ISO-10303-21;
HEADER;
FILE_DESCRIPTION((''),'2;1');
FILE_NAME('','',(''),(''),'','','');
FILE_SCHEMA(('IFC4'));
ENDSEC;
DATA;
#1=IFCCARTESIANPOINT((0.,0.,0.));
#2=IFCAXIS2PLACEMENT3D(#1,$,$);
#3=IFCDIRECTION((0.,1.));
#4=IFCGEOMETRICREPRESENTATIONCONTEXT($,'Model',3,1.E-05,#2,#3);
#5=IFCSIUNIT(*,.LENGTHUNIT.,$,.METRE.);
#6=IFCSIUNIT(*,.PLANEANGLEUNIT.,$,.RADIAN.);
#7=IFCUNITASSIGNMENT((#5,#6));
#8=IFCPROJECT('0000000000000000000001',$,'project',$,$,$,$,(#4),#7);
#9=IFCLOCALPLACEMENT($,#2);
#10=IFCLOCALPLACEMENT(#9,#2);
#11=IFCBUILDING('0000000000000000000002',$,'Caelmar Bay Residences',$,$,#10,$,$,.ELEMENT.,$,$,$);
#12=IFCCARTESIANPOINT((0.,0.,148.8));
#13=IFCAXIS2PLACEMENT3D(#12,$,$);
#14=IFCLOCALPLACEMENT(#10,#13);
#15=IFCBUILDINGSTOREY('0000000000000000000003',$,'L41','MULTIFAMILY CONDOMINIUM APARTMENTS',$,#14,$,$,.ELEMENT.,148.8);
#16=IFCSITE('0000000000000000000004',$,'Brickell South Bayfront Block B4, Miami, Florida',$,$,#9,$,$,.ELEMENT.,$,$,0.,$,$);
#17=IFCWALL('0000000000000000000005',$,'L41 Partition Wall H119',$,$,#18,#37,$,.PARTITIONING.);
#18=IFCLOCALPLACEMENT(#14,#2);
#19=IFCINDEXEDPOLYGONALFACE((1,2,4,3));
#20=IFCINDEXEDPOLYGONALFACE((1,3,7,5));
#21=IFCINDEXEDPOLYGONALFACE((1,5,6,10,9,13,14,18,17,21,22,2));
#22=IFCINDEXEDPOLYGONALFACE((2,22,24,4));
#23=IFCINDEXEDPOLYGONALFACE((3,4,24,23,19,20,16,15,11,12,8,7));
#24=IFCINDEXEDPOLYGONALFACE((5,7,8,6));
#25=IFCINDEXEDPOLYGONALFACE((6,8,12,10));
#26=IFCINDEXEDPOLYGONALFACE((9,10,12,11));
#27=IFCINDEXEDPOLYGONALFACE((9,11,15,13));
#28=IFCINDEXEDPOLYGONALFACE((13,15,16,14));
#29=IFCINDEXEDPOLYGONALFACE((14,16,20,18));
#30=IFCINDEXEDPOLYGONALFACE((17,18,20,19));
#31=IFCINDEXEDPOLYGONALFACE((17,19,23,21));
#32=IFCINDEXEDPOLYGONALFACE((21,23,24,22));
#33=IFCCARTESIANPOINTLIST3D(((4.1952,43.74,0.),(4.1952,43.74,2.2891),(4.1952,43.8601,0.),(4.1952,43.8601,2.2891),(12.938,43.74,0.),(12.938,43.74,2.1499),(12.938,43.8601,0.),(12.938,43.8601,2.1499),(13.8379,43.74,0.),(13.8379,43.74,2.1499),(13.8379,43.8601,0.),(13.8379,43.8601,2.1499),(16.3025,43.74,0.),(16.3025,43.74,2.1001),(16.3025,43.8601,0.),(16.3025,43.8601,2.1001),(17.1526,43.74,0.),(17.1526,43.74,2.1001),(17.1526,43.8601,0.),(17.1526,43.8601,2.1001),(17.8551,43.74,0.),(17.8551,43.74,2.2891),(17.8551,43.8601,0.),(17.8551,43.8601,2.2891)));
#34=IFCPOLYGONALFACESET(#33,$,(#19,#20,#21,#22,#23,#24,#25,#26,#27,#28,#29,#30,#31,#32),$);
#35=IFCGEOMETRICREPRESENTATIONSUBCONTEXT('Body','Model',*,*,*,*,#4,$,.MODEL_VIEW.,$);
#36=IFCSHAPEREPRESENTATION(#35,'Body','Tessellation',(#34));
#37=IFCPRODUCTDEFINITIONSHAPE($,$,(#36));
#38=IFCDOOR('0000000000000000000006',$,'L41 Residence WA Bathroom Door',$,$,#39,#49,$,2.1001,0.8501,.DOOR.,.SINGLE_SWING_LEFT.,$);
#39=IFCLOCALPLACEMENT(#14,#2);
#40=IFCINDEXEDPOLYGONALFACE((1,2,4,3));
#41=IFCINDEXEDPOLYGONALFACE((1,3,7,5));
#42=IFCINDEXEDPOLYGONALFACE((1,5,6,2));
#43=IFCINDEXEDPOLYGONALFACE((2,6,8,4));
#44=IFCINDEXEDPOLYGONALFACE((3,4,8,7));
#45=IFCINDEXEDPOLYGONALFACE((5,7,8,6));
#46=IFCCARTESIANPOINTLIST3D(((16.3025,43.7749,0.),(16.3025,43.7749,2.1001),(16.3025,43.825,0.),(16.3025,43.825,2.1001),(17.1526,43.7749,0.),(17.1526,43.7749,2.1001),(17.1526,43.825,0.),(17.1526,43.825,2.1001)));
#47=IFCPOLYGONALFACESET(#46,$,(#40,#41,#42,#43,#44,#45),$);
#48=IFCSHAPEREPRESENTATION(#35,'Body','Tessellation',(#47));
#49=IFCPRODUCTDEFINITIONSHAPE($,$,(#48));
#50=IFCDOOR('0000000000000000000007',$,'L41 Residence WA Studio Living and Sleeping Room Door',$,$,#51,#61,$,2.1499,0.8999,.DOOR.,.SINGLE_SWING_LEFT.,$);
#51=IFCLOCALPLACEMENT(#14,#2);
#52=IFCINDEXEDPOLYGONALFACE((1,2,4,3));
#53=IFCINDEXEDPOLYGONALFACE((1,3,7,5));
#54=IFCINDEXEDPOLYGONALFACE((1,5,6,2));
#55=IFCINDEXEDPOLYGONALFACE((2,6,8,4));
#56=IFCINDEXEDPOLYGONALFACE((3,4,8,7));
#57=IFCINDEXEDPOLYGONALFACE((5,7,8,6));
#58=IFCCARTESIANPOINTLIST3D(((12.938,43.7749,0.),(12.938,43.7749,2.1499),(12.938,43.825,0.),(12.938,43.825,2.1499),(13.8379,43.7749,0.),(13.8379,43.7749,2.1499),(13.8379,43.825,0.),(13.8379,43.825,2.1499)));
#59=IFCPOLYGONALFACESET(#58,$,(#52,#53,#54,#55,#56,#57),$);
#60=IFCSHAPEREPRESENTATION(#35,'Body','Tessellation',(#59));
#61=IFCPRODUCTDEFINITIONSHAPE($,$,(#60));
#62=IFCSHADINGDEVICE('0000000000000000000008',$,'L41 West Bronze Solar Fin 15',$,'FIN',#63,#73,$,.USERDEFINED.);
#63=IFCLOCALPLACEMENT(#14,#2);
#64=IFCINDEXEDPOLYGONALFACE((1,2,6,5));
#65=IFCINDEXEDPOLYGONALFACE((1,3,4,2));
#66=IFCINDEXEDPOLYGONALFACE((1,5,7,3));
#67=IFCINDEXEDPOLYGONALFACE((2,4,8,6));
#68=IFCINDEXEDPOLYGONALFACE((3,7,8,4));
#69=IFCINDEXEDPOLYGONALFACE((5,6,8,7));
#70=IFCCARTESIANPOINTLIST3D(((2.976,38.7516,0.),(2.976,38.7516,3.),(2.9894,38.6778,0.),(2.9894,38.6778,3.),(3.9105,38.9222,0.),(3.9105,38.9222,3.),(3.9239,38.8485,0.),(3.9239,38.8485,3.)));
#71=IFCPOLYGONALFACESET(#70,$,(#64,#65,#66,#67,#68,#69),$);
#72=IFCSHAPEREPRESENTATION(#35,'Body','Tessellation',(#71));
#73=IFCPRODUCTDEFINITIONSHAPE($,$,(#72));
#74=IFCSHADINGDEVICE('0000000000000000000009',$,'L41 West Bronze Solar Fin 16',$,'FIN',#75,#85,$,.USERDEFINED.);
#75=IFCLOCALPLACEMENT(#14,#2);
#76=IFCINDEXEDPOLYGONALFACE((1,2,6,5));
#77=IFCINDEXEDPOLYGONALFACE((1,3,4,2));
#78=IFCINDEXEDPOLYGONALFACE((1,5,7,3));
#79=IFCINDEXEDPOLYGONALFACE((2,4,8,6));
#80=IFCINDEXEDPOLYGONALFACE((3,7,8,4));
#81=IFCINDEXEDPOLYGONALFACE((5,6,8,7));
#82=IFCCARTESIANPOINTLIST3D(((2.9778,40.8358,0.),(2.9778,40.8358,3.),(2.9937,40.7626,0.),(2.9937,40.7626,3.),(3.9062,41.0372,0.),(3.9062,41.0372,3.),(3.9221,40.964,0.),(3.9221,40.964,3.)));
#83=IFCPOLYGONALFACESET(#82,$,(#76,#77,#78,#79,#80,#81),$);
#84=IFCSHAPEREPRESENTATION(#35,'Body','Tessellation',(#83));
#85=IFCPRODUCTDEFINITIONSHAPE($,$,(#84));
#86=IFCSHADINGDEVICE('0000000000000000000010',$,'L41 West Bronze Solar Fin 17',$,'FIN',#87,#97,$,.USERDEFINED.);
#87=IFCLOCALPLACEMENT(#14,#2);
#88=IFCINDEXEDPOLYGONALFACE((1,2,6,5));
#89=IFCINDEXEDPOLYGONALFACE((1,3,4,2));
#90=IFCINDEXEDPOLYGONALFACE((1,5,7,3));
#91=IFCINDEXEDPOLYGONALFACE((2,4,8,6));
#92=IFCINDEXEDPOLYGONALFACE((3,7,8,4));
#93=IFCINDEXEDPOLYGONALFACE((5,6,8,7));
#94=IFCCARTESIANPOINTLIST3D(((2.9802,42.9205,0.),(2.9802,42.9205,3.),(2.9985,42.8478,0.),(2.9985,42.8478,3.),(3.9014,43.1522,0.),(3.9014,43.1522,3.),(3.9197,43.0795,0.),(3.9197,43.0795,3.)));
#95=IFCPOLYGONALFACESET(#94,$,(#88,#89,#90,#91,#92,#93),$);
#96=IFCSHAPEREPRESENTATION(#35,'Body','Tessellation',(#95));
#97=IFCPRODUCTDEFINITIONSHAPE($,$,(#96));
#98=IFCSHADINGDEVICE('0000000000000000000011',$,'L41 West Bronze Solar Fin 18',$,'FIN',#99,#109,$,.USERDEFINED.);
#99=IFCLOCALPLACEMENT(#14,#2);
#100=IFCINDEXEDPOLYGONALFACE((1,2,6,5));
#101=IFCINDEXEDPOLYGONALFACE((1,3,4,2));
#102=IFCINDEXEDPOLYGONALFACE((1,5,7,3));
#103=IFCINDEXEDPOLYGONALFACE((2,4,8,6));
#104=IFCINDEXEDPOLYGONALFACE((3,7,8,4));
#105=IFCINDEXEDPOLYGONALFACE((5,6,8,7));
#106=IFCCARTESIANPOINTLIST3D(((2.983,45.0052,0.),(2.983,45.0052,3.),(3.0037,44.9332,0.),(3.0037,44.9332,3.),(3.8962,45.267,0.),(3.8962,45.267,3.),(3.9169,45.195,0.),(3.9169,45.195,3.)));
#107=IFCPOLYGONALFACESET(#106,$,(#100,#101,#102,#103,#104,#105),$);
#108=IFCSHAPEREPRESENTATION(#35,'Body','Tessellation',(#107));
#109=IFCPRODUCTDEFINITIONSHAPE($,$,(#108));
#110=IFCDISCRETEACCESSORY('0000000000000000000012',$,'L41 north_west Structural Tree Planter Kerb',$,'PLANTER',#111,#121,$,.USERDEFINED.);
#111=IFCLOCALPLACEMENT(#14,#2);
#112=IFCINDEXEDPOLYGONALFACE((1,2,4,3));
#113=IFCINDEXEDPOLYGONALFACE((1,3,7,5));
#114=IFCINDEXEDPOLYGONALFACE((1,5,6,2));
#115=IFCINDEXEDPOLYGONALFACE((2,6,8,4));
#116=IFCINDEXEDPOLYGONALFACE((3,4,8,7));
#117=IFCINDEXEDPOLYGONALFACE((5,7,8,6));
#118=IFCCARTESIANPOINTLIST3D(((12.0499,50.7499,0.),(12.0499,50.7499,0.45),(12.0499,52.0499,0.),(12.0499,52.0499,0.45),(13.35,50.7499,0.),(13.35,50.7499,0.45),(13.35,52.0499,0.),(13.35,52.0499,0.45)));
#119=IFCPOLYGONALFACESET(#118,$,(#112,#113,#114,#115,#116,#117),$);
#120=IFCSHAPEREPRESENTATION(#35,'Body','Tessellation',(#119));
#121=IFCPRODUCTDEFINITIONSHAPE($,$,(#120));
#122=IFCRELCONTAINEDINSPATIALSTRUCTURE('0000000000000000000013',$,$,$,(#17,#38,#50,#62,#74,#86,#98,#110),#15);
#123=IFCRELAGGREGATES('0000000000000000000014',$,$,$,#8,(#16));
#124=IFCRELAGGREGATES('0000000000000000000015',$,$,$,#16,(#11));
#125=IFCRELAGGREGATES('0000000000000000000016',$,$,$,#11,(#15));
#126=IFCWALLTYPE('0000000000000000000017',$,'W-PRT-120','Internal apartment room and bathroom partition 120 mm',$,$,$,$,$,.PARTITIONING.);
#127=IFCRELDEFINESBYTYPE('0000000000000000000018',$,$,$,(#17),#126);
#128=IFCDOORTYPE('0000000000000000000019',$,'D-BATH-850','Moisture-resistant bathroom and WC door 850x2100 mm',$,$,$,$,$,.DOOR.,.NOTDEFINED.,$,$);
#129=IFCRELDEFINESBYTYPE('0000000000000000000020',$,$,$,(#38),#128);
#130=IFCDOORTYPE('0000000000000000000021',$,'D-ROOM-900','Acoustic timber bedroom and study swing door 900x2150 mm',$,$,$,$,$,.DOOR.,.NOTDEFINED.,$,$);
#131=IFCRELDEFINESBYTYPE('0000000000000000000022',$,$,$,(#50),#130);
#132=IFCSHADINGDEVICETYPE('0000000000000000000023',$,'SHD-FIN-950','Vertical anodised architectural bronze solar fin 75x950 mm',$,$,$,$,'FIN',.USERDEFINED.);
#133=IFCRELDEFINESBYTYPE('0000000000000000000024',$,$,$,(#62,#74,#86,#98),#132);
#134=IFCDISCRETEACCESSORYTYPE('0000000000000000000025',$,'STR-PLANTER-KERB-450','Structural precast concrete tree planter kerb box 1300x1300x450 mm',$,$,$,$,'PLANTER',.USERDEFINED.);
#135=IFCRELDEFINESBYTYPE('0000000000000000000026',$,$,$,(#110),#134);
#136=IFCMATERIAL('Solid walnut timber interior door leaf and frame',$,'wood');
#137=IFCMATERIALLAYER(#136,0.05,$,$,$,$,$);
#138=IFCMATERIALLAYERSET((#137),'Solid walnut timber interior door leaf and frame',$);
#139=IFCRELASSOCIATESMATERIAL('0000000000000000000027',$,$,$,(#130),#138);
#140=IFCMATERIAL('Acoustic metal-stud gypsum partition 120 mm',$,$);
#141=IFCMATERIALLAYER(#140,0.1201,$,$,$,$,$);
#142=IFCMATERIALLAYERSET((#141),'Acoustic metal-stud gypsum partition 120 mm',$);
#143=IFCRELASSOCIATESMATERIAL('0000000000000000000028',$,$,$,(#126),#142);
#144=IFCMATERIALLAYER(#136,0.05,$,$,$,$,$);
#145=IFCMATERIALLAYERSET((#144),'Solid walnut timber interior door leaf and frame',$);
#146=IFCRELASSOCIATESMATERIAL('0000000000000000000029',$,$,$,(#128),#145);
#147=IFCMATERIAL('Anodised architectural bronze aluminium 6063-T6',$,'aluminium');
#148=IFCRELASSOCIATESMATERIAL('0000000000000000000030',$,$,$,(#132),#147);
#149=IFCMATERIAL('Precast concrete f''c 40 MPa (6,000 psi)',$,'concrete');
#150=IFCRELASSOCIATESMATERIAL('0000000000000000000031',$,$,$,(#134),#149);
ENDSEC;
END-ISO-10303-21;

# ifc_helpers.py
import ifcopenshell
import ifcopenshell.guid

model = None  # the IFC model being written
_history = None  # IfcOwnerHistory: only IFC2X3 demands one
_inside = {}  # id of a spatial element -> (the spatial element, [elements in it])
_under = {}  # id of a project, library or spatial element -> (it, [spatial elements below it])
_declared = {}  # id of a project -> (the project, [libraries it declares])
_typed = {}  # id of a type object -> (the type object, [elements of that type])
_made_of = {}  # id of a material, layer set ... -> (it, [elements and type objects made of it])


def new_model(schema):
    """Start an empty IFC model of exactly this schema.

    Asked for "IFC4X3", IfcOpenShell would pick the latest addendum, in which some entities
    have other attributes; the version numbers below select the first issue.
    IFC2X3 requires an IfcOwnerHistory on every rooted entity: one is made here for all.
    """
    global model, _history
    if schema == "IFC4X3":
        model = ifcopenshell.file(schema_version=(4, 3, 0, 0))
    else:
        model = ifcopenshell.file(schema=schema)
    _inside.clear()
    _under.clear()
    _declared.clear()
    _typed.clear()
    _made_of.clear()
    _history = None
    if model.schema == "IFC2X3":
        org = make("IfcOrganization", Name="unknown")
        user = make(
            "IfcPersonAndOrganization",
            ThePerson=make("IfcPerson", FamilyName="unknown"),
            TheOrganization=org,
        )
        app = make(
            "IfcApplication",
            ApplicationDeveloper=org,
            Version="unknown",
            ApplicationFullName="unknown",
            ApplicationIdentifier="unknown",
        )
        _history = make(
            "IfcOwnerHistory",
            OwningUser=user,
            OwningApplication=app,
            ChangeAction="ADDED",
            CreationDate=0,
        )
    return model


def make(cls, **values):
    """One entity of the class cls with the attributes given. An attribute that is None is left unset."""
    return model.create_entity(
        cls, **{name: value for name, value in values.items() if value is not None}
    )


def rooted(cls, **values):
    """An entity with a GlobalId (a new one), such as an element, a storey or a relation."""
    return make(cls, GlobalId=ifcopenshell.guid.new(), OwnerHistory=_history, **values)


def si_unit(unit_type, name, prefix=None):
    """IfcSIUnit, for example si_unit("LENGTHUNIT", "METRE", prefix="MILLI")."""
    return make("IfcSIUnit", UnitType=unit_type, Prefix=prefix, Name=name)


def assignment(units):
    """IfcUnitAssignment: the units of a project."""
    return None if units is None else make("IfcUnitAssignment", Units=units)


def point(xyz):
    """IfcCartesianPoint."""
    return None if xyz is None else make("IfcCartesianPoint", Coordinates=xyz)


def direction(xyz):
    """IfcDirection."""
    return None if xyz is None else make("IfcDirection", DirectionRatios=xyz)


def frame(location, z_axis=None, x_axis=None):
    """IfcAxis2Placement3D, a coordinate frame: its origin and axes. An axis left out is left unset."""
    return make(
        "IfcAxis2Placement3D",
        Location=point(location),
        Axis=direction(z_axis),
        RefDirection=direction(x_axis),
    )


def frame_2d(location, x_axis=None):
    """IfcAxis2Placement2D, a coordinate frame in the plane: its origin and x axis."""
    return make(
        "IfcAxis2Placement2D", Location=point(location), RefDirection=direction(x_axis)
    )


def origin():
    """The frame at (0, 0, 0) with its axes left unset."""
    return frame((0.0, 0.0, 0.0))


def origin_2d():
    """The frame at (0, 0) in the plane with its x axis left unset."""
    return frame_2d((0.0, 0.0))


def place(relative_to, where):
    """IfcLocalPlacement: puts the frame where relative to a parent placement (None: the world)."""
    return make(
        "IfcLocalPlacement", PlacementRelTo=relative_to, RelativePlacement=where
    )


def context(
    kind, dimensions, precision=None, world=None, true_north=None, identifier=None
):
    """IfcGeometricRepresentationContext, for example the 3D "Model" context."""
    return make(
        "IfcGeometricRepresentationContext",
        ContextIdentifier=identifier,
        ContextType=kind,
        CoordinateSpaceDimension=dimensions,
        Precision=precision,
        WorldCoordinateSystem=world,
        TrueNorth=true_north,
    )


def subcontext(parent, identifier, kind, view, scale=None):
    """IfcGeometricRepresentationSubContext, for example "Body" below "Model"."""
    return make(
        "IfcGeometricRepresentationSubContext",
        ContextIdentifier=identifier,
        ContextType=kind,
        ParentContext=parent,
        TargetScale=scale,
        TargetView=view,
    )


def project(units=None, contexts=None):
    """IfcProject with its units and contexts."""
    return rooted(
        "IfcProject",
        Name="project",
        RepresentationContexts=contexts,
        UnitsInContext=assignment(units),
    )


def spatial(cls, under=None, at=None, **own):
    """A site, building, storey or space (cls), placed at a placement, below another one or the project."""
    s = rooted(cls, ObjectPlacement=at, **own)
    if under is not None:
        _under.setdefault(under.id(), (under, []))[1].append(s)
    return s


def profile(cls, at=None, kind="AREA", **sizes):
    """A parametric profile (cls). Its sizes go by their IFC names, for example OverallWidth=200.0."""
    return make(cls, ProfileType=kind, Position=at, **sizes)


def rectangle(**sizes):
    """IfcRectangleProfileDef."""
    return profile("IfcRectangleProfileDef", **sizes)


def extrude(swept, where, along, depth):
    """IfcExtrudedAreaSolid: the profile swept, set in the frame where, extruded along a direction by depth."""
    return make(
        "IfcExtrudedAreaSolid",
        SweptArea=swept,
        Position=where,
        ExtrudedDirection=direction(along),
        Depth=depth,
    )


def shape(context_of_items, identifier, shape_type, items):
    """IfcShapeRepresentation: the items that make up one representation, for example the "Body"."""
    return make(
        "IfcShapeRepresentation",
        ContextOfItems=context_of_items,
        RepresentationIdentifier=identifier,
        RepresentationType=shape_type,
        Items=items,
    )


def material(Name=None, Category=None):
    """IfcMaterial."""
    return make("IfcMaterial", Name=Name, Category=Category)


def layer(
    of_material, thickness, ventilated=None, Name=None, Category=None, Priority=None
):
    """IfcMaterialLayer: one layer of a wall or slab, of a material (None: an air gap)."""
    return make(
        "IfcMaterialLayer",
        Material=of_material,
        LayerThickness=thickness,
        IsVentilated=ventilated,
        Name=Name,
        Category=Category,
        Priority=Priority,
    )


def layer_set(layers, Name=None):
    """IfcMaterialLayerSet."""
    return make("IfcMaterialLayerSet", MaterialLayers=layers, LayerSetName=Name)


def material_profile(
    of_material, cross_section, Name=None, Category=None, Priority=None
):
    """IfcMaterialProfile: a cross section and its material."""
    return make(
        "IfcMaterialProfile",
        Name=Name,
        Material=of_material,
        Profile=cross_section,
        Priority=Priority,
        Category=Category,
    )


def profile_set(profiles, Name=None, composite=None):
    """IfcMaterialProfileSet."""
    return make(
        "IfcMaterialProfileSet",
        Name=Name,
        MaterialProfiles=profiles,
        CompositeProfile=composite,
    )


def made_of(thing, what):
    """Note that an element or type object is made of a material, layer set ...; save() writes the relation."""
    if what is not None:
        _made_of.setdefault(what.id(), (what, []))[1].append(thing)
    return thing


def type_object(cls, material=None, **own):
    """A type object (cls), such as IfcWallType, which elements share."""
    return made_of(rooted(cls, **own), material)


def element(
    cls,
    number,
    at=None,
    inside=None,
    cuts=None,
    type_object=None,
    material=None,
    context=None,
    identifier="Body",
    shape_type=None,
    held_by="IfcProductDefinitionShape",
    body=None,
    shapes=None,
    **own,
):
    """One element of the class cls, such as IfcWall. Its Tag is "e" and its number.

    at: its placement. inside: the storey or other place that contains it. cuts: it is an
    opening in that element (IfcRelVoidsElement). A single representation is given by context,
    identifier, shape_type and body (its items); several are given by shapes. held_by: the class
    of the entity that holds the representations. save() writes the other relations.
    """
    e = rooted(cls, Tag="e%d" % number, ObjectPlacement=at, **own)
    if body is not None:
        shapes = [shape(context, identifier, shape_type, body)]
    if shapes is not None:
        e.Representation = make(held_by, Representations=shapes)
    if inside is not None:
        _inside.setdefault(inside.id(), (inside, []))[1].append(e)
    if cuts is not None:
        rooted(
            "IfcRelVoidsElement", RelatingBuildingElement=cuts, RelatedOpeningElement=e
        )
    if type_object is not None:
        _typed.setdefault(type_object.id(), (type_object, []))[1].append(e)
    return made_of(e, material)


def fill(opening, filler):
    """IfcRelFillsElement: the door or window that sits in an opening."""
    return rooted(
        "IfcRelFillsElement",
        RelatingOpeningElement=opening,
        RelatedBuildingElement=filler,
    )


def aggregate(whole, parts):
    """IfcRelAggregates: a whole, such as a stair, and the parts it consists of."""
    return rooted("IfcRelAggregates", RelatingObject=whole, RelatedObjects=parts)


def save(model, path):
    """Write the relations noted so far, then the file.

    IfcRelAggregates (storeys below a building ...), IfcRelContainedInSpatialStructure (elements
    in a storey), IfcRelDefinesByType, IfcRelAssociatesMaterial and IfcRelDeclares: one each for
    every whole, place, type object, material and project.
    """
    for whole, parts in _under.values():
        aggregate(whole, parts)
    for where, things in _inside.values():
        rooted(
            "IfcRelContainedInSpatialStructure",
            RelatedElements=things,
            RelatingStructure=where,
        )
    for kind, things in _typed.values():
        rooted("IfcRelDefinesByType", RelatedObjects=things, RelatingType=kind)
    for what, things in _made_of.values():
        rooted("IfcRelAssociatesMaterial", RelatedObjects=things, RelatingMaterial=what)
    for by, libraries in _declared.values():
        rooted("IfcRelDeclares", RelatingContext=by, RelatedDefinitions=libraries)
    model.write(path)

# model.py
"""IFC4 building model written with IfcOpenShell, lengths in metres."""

from ifc_helpers import new_model, si_unit, direction, frame, frame_2d, origin, origin_2d, place, context, subcontext, project, spatial, rectangle, extrude, material, layer, layer_set, material_profile, profile_set, type_object, element, fill, save


model = new_model("IFC4")

# Units and contexts
model_context = context("Model", 3, precision=1e-05, world=origin(), true_north=direction((0.0, 1.0)))
body_context = subcontext(model_context, "Body", "Model", "MODEL_VIEW")
ifc_project = project(units=[si_unit("LENGTHUNIT", "METRE"), si_unit("PLANEANGLEUNIT", "RADIAN")], contexts=[model_context])

# Site, building, storey
site_placement = place(None, origin())
site = spatial("IfcSite", under=ifc_project, at=site_placement, Name="Brickell South Bayfront Block B4, Miami, Florida", CompositionType="ELEMENT", RefElevation=0.0)
building_placement = place(site_placement, origin())
building = spatial("IfcBuilding", under=site, at=building_placement, Name="Caelmar Bay Residences", CompositionType="ELEMENT")
storey_placement = place(building_placement, frame((0.0, 0.0, 148.8)))
storey = spatial("IfcBuildingStorey", under=building, at=storey_placement, Name="L41", Description="MULTIFAMILY CONDOMINIUM APARTMENTS", CompositionType="ELEMENT", Elevation=148.8)

# Shared definitions
ifc_material_1 = material(Name="Precast concrete f'c 40 MPa (6,000 psi)", Category="concrete")

# Shared definitions
ifc_material_2 = material(Name="Solid walnut timber interior door leaf and frame", Category="wood")
ifc_layer_1 = layer(ifc_material_2, 0.05)
ifc_layer_set_1 = layer_set([ifc_layer_1], Name="Solid walnut timber interior door leaf and frame")
door_type_1 = type_object("IfcDoorType", Name="D-ROOM-900", Description="Acoustic timber bedroom and study swing door 900x2150 mm", OperationType="NOTDEFINED", PredefinedType="DOOR", material=ifc_layer_set_1)
ifc_material_3 = material(Name="Acoustic metal-stud gypsum partition 120 mm")
ifc_layer_2 = layer(ifc_material_3, 0.1201)
ifc_layer_set_2 = layer_set([ifc_layer_2], Name="Acoustic metal-stud gypsum partition 120 mm")
wall_type_1 = type_object("IfcWallType", Name="W-PRT-120", Description="Internal apartment room and bathroom partition 120 mm", PredefinedType="PARTITIONING", material=ifc_layer_set_2)

# Wall, openings, doors
wall_1_placement = place(storey_placement, frame((4.1951, 43.8, 0.0), z_axis=(0.0, 0.0, 1.0), x_axis=(1.0, 0.0, 0.0)))
wall_1 = element("IfcWall", 1, at=wall_1_placement, inside=storey, type_object=wall_type_1, Name="L41 Partition Wall H119", PredefinedType="PARTITIONING", context=body_context, shape_type="SweptSolid", body=[
    extrude(rectangle(XDim=13.6599, YDim=0.1201, at=frame_2d((6.8301, 0.0))), origin(), (0.0, 0.0, 1.0), 2.2891),
])
opening_1_placement = place(wall_1_placement, frame((8.7429, 0.0, 0.0)))
opening_1 = element("IfcOpeningElement", 2, at=opening_1_placement, cuts=wall_1, PredefinedType="OPENING", context=body_context, shape_type="SweptSolid", body=[
    extrude(rectangle(XDim=0.8999, YDim=2.1499, at=frame_2d((0.45, 1.075))), frame((0.0, 0.0701, 0.0), z_axis=(0.0, -1.0, 0.0), x_axis=(1.0, 0.0, 0.0)), (0.0, 0.0, 1.0), 0.1401),
])
opening_2_placement = place(wall_1_placement, frame((12.1074, 0.0, 0.0)))
opening_2 = element("IfcOpeningElement", 3, at=opening_2_placement, cuts=wall_1, PredefinedType="OPENING", context=body_context, shape_type="SweptSolid", body=[
    extrude(rectangle(XDim=0.8501, YDim=2.1001, at=frame_2d((0.425, 1.05))), frame((0.0, 0.0701, 0.0), z_axis=(0.0, -1.0, 0.0), x_axis=(1.0, 0.0, 0.0)), (0.0, 0.0, 1.0), 0.1401),
])
ifc_layer_3 = layer(ifc_material_2, 0.05)
ifc_layer_set_3 = layer_set([ifc_layer_3], Name="Solid walnut timber interior door leaf and frame")
door_type_2 = type_object("IfcDoorType", Name="D-BATH-850", Description="Moisture-resistant bathroom and WC door 850x2100 mm", OperationType="NOTDEFINED", PredefinedType="DOOR", material=ifc_layer_set_3)
door_1_placement = place(opening_2_placement, origin())
door_1 = element("IfcDoor", 4, at=door_1_placement, inside=storey, type_object=door_type_2, Name="L41 Residence WA Bathroom Door", OperationType="SINGLE_SWING_LEFT", OverallHeight=2.1001, OverallWidth=0.8501, PredefinedType="DOOR", context=body_context, shape_type="SweptSolid", body=[
    extrude(rectangle(XDim=0.8501, YDim=2.1001, at=frame_2d((0.425, 1.05))), frame((0.0, 0.0249, 0.0), z_axis=(0.0, -1.0, 0.0), x_axis=(1.0, 0.0, 0.0)), (0.0, 0.0, 1.0), 0.05),
])
fill(opening_2, door_1)
door_2_placement = place(opening_1_placement, origin())
door_2 = element("IfcDoor", 5, at=door_2_placement, inside=storey, type_object=door_type_1, Name="L41 Residence WA Studio Living and Sleeping Room Door", OperationType="SINGLE_SWING_LEFT", OverallHeight=2.1499, OverallWidth=0.8999, PredefinedType="DOOR", context=body_context, shape_type="SweptSolid", body=[
    extrude(rectangle(XDim=0.8999, YDim=2.1499, at=frame_2d((0.45, 1.075))), frame((0.0, 0.0249, 0.0), z_axis=(0.0, -1.0, 0.0), x_axis=(1.0, 0.0, 0.0)), (0.0, 0.0, 1.0), 0.05),
])
fill(opening_1, door_2)

# Shading devices
ifc_material_4 = material(Name="Anodised architectural bronze aluminium 6063-T6", Category="aluminium")
ifc_material_profile_1 = material_profile(ifc_material_4, rectangle(XDim=0.075, YDim=0.95, at=origin_2d()), Name="BRONZE-FIN-75X950")
ifc_profile_set_1 = profile_set([ifc_material_profile_1], Name="Anodised architectural bronze aluminium 6063-T6")
shading_device_type = type_object("IfcShadingDeviceType", Name="SHD-FIN-950", Description="Vertical anodised architectural bronze solar fin 75x950 mm", ElementType="FIN", PredefinedType="USERDEFINED", material=ifc_profile_set_1)
for number, where, z_axis, x_axis, name in (
    (6, (3.45, 38.8, 0.0), (0.0, 0.0, 1.0), (-0.179661, 0.983729, 0.0), "L41 West Bronze Solar Fin 15"),
    (7, (3.45, 40.8999, 0.0), (0.0, 0.0, 1.0), (-0.212007, 0.977268, 0.0), "L41 West Bronze Solar Fin 16"),
    (8, (3.45, 43.0, 0.0), (0.0, 0.0, 1.0), (-0.243954, 0.969787, 0.0), "L41 West Bronze Solar Fin 17"),
    (9, (3.45, 45.1001, 0.0), (0.0, 0.0, 1.0), (-0.275637, 0.961262, 0.0), "L41 West Bronze Solar Fin 18"),
):
    element("IfcShadingDevice", number, at=place(storey_placement, frame(where, z_axis=z_axis, x_axis=x_axis)), inside=storey, type_object=shading_device_type, Name=name, ObjectType="FIN", PredefinedType="USERDEFINED", context=body_context, shape_type="SweptSolid", body=[
        extrude(rectangle(XDim=0.075, YDim=0.95, at=origin_2d()), origin(), (0.0, 0.0, 1.0), 3.0),
    ])

# Discrete accessory
discrete_accessory_type = type_object("IfcDiscreteAccessoryType", Name="STR-PLANTER-KERB-450", Description="Structural precast concrete tree planter kerb box 1300x1300x450 mm", ElementType="PLANTER", PredefinedType="USERDEFINED", material=ifc_material_1)
discrete_accessory_placement = place(storey_placement, frame((12.7, 51.3999, 0.0), z_axis=(0.0, 0.0, 1.0), x_axis=(1.0, 0.0, 0.0)))
element("IfcDiscreteAccessory", 10, at=discrete_accessory_placement, inside=storey, type_object=discrete_accessory_type, Name="L41 north_west Structural Tree Planter Kerb", ObjectType="PLANTER", PredefinedType="USERDEFINED", context=body_context, shape_type="SweptSolid", body=[
    extrude(rectangle(XDim=1.3, YDim=1.3, at=origin_2d()), origin(), (0.0, 0.0, 1.0), 0.45),
])

save(model, "model.ifc")
